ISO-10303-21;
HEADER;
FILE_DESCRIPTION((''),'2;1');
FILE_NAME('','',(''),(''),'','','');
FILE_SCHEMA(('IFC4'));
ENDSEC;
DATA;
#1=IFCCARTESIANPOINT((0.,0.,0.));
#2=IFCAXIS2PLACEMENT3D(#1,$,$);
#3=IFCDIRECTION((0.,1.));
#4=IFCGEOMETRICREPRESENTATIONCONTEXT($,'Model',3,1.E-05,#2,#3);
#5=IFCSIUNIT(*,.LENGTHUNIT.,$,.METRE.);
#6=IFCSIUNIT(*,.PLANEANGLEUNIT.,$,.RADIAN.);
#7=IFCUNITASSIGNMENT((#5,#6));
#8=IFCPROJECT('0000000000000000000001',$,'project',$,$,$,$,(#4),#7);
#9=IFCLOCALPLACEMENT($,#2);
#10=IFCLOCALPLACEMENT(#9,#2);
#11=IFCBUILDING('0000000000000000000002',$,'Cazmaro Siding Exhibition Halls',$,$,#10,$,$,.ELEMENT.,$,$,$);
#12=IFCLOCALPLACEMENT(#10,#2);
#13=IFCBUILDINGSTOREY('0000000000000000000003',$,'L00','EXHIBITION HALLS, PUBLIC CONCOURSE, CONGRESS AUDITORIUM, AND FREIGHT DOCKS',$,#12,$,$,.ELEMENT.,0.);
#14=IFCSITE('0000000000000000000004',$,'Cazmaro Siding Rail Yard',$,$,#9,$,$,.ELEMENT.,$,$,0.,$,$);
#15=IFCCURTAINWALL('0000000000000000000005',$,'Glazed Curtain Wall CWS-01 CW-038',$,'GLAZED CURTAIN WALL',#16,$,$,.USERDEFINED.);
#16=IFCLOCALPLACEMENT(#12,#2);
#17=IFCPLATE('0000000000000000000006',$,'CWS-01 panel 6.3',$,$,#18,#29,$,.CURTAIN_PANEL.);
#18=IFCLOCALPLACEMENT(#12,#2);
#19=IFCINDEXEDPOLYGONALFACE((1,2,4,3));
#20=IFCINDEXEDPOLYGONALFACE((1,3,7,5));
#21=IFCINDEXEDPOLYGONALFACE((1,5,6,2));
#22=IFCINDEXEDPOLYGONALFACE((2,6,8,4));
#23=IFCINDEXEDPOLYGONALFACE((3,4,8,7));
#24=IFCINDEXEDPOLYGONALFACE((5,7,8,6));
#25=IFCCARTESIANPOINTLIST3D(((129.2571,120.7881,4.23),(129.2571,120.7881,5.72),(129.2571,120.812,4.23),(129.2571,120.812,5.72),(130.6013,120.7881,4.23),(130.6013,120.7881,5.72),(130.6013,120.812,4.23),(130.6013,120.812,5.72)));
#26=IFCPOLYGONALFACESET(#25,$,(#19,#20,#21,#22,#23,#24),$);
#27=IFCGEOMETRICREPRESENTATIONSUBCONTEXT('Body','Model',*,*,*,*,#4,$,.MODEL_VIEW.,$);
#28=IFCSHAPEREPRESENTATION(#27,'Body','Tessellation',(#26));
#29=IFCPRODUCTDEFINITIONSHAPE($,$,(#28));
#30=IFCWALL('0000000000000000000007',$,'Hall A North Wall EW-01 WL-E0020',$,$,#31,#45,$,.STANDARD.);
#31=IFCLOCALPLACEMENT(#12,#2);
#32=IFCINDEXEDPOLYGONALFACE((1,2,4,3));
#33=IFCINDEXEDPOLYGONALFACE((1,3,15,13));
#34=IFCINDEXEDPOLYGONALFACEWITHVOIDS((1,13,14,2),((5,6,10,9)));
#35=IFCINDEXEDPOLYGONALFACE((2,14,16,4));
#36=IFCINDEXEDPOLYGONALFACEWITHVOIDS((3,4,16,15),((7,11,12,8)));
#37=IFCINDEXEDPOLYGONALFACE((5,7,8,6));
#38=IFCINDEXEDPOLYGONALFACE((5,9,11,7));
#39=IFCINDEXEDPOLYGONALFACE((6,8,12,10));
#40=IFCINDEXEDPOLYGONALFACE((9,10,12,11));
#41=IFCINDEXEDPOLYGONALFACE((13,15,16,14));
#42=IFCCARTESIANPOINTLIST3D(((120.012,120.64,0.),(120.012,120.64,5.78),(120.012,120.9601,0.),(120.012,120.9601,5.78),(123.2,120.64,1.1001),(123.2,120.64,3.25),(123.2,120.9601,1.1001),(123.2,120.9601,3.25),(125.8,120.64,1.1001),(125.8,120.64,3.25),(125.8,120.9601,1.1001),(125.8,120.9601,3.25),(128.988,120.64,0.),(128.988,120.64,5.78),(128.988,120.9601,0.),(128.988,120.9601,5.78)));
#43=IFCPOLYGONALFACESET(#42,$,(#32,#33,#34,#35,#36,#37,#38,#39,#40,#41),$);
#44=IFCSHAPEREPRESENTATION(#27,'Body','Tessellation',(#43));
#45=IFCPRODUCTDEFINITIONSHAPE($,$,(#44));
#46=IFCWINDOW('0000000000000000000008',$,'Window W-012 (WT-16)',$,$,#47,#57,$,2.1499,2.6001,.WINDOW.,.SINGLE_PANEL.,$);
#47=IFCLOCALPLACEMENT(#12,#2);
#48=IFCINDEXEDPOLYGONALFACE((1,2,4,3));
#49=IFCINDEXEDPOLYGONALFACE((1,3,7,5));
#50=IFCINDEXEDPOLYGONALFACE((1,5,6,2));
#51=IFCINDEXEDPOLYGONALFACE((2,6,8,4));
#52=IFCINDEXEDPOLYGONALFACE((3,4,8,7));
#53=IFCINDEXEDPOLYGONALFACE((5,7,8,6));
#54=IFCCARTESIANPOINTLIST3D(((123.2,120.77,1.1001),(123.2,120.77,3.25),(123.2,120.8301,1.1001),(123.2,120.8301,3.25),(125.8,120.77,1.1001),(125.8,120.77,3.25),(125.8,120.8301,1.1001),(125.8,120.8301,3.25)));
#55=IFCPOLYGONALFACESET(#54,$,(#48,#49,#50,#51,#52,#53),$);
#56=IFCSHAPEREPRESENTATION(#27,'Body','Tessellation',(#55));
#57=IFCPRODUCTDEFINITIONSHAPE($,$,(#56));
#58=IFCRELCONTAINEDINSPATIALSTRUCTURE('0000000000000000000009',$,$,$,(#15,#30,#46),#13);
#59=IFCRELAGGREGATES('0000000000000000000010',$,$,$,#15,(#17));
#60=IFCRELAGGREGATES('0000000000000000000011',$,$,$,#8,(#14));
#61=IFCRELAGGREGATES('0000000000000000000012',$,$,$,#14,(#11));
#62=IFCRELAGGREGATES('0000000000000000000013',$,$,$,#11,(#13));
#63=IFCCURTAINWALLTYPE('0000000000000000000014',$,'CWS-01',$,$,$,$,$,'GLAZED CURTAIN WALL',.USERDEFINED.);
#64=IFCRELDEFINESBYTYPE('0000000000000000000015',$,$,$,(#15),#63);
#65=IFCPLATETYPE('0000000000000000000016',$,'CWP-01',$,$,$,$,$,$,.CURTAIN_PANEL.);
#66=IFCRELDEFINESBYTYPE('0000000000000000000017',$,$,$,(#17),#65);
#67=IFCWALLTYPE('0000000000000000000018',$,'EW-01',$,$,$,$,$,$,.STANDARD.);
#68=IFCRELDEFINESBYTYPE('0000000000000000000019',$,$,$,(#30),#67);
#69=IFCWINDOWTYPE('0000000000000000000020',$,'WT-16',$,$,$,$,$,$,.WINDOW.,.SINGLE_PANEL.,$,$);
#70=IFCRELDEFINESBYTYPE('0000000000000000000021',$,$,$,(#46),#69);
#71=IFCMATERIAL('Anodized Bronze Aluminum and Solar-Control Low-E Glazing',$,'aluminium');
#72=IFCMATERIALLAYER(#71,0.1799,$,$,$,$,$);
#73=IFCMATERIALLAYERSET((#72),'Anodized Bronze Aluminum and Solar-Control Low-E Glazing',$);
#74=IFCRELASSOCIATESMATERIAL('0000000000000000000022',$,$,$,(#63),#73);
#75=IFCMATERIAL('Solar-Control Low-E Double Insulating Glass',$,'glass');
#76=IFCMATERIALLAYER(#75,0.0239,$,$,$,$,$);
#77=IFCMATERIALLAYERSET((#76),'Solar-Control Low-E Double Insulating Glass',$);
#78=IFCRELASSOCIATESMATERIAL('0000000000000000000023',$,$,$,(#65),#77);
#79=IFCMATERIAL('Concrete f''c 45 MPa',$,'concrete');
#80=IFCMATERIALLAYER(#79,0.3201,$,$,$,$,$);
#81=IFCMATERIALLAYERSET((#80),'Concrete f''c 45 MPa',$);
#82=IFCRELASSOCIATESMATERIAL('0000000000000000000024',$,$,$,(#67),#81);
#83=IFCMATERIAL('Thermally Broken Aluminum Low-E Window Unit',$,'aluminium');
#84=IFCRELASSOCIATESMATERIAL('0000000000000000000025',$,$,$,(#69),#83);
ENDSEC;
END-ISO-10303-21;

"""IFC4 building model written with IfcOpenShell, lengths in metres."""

from ifc_helpers import new_model, si_unit, direction, frame, frame_2d, origin, origin_2d, place, context, subcontext, project, spatial, rectangle, extrude, material, layer, layer_set, type_object, element, fill, aggregate, save


model = new_model("IFC4")

# Units and contexts
model_context = context("Model", 3, precision=1e-05, world=origin(), true_north=direction((0.0, 1.0)))
body_context = subcontext(model_context, "Body", "Model", "MODEL_VIEW")
ifc_project = project(units=[si_unit("LENGTHUNIT", "METRE"), si_unit("PLANEANGLEUNIT", "RADIAN")], contexts=[model_context])

# Site, building, storey
site_placement = place(None, origin())
site = spatial("IfcSite", under=ifc_project, at=site_placement, Name="Cazmaro Siding Rail Yard", CompositionType="ELEMENT", RefElevation=0.0)
building_placement = place(site_placement, origin())
building = spatial("IfcBuilding", under=site, at=building_placement, Name="Cazmaro Siding Exhibition Halls", CompositionType="ELEMENT")
storey_placement = place(building_placement, origin())
storey = spatial("IfcBuildingStorey", under=building, at=storey_placement, Name="L00", Description="EXHIBITION HALLS, PUBLIC CONCOURSE, CONGRESS AUDITORIUM, AND FREIGHT DOCKS", CompositionType="ELEMENT", Elevation=0.0)

# Curtain wall, plate
ifc_material_1 = material(Name="Anodized Bronze Aluminum and Solar-Control Low-E Glazing", Category="aluminium")
ifc_layer_1 = layer(ifc_material_1, 0.1799)
ifc_layer_set_1 = layer_set([ifc_layer_1], Name="Anodized Bronze Aluminum and Solar-Control Low-E Glazing")
curtain_wall_type = type_object("IfcCurtainWallType", Name="CWS-01", ElementType="GLAZED CURTAIN WALL", PredefinedType="USERDEFINED", material=ifc_layer_set_1)
curtain_wall_placement = place(storey_placement, origin())
curtain_wall = element("IfcCurtainWall", 1, at=curtain_wall_placement, inside=storey, type_object=curtain_wall_type, Name="Glazed Curtain Wall CWS-01 CW-038", ObjectType="GLAZED CURTAIN WALL", PredefinedType="USERDEFINED")
ifc_material_2 = material(Name="Solar-Control Low-E Double Insulating Glass", Category="glass")
ifc_layer_2 = layer(ifc_material_2, 0.0239)
ifc_layer_set_2 = layer_set([ifc_layer_2], Name="Solar-Control Low-E Double Insulating Glass")
plate_type = type_object("IfcPlateType", Name="CWP-01", PredefinedType="CURTAIN_PANEL", material=ifc_layer_set_2)
plate_1_placement = place(storey_placement, frame((129.9292, 120.8, 4.23), z_axis=(0.0, 0.0, 1.0), x_axis=(-1.0, 0.0, 0.0)))
plate_1 = element("IfcPlate", 2, at=plate_1_placement, type_object=plate_type, Name="CWS-01 panel 6.3", PredefinedType="CURTAIN_PANEL", context=body_context, shape_type="SweptSolid", body=[
    extrude(rectangle(XDim=1.3442, YDim=0.0239, at=origin_2d()), origin(), (0.0, 0.0, 1.0), 1.49),
])
aggregate(curtain_wall, [plate_1])

# Wall, opening, window
ifc_material_3 = material(Name="Concrete f'c 45 MPa", Category="concrete")
ifc_layer_3 = layer(ifc_material_3, 0.3201)
ifc_layer_set_3 = layer_set([ifc_layer_3], Name="Concrete f'c 45 MPa")
wall_type = type_object("IfcWallType", Name="EW-01", PredefinedType="STANDARD", material=ifc_layer_set_3)
wall_placement = place(storey_placement, frame((120.012, 120.8, 0.0), z_axis=(0.0, 0.0, 1.0), x_axis=(1.0, 0.0, 0.0)))
wall = element("IfcWall", 3, at=wall_placement, inside=storey, type_object=wall_type, Name="Hall A North Wall EW-01 WL-E0020", PredefinedType="STANDARD", context=body_context, shape_type="SweptSolid", body=[
    extrude(rectangle(XDim=8.9761, YDim=0.3201, at=frame_2d((4.488, 0.0))), origin(), (0.0, 0.0, 1.0), 5.78),
])
opening_placement = place(wall_placement, frame((3.188, 0.0, 1.1001)))
opening = element("IfcOpeningElement", 4, at=opening_placement, cuts=wall, PredefinedType="OPENING", context=body_context, shape_type="SweptSolid", body=[
    extrude(rectangle(XDim=2.6001, YDim=2.1499, at=frame_2d((1.3, 1.075))), frame((0.0, 0.1699, 0.0), z_axis=(0.0, -1.0, 0.0), x_axis=(1.0, 0.0, 0.0)), (0.0, 0.0, 1.0), 0.3401),
])
ifc_material_4 = material(Name="Thermally Broken Aluminum Low-E Window Unit", Category="aluminium")
window_type = type_object("IfcWindowType", Name="WT-16", PartitioningType="SINGLE_PANEL", PredefinedType="WINDOW", material=ifc_material_4)
window_placement = place(opening_placement, origin())
window = element("IfcWindow", 5, at=window_placement, inside=storey, type_object=window_type, Name="Window W-012 (WT-16)", OverallHeight=2.1499, OverallWidth=2.6001, PartitioningType="SINGLE_PANEL", PredefinedType="WINDOW", context=body_context, shape_type="SweptSolid", body=[
    extrude(rectangle(XDim=2.6001, YDim=2.1499, at=frame_2d((1.3, 1.075))), frame((0.0, 0.03, 0.0), z_axis=(0.0, -1.0, 0.0), x_axis=(1.0, 0.0, 0.0)), (0.0, 0.0, 1.0), 0.0601),
])
fill(opening, window)

save(model, "model.ifc")
